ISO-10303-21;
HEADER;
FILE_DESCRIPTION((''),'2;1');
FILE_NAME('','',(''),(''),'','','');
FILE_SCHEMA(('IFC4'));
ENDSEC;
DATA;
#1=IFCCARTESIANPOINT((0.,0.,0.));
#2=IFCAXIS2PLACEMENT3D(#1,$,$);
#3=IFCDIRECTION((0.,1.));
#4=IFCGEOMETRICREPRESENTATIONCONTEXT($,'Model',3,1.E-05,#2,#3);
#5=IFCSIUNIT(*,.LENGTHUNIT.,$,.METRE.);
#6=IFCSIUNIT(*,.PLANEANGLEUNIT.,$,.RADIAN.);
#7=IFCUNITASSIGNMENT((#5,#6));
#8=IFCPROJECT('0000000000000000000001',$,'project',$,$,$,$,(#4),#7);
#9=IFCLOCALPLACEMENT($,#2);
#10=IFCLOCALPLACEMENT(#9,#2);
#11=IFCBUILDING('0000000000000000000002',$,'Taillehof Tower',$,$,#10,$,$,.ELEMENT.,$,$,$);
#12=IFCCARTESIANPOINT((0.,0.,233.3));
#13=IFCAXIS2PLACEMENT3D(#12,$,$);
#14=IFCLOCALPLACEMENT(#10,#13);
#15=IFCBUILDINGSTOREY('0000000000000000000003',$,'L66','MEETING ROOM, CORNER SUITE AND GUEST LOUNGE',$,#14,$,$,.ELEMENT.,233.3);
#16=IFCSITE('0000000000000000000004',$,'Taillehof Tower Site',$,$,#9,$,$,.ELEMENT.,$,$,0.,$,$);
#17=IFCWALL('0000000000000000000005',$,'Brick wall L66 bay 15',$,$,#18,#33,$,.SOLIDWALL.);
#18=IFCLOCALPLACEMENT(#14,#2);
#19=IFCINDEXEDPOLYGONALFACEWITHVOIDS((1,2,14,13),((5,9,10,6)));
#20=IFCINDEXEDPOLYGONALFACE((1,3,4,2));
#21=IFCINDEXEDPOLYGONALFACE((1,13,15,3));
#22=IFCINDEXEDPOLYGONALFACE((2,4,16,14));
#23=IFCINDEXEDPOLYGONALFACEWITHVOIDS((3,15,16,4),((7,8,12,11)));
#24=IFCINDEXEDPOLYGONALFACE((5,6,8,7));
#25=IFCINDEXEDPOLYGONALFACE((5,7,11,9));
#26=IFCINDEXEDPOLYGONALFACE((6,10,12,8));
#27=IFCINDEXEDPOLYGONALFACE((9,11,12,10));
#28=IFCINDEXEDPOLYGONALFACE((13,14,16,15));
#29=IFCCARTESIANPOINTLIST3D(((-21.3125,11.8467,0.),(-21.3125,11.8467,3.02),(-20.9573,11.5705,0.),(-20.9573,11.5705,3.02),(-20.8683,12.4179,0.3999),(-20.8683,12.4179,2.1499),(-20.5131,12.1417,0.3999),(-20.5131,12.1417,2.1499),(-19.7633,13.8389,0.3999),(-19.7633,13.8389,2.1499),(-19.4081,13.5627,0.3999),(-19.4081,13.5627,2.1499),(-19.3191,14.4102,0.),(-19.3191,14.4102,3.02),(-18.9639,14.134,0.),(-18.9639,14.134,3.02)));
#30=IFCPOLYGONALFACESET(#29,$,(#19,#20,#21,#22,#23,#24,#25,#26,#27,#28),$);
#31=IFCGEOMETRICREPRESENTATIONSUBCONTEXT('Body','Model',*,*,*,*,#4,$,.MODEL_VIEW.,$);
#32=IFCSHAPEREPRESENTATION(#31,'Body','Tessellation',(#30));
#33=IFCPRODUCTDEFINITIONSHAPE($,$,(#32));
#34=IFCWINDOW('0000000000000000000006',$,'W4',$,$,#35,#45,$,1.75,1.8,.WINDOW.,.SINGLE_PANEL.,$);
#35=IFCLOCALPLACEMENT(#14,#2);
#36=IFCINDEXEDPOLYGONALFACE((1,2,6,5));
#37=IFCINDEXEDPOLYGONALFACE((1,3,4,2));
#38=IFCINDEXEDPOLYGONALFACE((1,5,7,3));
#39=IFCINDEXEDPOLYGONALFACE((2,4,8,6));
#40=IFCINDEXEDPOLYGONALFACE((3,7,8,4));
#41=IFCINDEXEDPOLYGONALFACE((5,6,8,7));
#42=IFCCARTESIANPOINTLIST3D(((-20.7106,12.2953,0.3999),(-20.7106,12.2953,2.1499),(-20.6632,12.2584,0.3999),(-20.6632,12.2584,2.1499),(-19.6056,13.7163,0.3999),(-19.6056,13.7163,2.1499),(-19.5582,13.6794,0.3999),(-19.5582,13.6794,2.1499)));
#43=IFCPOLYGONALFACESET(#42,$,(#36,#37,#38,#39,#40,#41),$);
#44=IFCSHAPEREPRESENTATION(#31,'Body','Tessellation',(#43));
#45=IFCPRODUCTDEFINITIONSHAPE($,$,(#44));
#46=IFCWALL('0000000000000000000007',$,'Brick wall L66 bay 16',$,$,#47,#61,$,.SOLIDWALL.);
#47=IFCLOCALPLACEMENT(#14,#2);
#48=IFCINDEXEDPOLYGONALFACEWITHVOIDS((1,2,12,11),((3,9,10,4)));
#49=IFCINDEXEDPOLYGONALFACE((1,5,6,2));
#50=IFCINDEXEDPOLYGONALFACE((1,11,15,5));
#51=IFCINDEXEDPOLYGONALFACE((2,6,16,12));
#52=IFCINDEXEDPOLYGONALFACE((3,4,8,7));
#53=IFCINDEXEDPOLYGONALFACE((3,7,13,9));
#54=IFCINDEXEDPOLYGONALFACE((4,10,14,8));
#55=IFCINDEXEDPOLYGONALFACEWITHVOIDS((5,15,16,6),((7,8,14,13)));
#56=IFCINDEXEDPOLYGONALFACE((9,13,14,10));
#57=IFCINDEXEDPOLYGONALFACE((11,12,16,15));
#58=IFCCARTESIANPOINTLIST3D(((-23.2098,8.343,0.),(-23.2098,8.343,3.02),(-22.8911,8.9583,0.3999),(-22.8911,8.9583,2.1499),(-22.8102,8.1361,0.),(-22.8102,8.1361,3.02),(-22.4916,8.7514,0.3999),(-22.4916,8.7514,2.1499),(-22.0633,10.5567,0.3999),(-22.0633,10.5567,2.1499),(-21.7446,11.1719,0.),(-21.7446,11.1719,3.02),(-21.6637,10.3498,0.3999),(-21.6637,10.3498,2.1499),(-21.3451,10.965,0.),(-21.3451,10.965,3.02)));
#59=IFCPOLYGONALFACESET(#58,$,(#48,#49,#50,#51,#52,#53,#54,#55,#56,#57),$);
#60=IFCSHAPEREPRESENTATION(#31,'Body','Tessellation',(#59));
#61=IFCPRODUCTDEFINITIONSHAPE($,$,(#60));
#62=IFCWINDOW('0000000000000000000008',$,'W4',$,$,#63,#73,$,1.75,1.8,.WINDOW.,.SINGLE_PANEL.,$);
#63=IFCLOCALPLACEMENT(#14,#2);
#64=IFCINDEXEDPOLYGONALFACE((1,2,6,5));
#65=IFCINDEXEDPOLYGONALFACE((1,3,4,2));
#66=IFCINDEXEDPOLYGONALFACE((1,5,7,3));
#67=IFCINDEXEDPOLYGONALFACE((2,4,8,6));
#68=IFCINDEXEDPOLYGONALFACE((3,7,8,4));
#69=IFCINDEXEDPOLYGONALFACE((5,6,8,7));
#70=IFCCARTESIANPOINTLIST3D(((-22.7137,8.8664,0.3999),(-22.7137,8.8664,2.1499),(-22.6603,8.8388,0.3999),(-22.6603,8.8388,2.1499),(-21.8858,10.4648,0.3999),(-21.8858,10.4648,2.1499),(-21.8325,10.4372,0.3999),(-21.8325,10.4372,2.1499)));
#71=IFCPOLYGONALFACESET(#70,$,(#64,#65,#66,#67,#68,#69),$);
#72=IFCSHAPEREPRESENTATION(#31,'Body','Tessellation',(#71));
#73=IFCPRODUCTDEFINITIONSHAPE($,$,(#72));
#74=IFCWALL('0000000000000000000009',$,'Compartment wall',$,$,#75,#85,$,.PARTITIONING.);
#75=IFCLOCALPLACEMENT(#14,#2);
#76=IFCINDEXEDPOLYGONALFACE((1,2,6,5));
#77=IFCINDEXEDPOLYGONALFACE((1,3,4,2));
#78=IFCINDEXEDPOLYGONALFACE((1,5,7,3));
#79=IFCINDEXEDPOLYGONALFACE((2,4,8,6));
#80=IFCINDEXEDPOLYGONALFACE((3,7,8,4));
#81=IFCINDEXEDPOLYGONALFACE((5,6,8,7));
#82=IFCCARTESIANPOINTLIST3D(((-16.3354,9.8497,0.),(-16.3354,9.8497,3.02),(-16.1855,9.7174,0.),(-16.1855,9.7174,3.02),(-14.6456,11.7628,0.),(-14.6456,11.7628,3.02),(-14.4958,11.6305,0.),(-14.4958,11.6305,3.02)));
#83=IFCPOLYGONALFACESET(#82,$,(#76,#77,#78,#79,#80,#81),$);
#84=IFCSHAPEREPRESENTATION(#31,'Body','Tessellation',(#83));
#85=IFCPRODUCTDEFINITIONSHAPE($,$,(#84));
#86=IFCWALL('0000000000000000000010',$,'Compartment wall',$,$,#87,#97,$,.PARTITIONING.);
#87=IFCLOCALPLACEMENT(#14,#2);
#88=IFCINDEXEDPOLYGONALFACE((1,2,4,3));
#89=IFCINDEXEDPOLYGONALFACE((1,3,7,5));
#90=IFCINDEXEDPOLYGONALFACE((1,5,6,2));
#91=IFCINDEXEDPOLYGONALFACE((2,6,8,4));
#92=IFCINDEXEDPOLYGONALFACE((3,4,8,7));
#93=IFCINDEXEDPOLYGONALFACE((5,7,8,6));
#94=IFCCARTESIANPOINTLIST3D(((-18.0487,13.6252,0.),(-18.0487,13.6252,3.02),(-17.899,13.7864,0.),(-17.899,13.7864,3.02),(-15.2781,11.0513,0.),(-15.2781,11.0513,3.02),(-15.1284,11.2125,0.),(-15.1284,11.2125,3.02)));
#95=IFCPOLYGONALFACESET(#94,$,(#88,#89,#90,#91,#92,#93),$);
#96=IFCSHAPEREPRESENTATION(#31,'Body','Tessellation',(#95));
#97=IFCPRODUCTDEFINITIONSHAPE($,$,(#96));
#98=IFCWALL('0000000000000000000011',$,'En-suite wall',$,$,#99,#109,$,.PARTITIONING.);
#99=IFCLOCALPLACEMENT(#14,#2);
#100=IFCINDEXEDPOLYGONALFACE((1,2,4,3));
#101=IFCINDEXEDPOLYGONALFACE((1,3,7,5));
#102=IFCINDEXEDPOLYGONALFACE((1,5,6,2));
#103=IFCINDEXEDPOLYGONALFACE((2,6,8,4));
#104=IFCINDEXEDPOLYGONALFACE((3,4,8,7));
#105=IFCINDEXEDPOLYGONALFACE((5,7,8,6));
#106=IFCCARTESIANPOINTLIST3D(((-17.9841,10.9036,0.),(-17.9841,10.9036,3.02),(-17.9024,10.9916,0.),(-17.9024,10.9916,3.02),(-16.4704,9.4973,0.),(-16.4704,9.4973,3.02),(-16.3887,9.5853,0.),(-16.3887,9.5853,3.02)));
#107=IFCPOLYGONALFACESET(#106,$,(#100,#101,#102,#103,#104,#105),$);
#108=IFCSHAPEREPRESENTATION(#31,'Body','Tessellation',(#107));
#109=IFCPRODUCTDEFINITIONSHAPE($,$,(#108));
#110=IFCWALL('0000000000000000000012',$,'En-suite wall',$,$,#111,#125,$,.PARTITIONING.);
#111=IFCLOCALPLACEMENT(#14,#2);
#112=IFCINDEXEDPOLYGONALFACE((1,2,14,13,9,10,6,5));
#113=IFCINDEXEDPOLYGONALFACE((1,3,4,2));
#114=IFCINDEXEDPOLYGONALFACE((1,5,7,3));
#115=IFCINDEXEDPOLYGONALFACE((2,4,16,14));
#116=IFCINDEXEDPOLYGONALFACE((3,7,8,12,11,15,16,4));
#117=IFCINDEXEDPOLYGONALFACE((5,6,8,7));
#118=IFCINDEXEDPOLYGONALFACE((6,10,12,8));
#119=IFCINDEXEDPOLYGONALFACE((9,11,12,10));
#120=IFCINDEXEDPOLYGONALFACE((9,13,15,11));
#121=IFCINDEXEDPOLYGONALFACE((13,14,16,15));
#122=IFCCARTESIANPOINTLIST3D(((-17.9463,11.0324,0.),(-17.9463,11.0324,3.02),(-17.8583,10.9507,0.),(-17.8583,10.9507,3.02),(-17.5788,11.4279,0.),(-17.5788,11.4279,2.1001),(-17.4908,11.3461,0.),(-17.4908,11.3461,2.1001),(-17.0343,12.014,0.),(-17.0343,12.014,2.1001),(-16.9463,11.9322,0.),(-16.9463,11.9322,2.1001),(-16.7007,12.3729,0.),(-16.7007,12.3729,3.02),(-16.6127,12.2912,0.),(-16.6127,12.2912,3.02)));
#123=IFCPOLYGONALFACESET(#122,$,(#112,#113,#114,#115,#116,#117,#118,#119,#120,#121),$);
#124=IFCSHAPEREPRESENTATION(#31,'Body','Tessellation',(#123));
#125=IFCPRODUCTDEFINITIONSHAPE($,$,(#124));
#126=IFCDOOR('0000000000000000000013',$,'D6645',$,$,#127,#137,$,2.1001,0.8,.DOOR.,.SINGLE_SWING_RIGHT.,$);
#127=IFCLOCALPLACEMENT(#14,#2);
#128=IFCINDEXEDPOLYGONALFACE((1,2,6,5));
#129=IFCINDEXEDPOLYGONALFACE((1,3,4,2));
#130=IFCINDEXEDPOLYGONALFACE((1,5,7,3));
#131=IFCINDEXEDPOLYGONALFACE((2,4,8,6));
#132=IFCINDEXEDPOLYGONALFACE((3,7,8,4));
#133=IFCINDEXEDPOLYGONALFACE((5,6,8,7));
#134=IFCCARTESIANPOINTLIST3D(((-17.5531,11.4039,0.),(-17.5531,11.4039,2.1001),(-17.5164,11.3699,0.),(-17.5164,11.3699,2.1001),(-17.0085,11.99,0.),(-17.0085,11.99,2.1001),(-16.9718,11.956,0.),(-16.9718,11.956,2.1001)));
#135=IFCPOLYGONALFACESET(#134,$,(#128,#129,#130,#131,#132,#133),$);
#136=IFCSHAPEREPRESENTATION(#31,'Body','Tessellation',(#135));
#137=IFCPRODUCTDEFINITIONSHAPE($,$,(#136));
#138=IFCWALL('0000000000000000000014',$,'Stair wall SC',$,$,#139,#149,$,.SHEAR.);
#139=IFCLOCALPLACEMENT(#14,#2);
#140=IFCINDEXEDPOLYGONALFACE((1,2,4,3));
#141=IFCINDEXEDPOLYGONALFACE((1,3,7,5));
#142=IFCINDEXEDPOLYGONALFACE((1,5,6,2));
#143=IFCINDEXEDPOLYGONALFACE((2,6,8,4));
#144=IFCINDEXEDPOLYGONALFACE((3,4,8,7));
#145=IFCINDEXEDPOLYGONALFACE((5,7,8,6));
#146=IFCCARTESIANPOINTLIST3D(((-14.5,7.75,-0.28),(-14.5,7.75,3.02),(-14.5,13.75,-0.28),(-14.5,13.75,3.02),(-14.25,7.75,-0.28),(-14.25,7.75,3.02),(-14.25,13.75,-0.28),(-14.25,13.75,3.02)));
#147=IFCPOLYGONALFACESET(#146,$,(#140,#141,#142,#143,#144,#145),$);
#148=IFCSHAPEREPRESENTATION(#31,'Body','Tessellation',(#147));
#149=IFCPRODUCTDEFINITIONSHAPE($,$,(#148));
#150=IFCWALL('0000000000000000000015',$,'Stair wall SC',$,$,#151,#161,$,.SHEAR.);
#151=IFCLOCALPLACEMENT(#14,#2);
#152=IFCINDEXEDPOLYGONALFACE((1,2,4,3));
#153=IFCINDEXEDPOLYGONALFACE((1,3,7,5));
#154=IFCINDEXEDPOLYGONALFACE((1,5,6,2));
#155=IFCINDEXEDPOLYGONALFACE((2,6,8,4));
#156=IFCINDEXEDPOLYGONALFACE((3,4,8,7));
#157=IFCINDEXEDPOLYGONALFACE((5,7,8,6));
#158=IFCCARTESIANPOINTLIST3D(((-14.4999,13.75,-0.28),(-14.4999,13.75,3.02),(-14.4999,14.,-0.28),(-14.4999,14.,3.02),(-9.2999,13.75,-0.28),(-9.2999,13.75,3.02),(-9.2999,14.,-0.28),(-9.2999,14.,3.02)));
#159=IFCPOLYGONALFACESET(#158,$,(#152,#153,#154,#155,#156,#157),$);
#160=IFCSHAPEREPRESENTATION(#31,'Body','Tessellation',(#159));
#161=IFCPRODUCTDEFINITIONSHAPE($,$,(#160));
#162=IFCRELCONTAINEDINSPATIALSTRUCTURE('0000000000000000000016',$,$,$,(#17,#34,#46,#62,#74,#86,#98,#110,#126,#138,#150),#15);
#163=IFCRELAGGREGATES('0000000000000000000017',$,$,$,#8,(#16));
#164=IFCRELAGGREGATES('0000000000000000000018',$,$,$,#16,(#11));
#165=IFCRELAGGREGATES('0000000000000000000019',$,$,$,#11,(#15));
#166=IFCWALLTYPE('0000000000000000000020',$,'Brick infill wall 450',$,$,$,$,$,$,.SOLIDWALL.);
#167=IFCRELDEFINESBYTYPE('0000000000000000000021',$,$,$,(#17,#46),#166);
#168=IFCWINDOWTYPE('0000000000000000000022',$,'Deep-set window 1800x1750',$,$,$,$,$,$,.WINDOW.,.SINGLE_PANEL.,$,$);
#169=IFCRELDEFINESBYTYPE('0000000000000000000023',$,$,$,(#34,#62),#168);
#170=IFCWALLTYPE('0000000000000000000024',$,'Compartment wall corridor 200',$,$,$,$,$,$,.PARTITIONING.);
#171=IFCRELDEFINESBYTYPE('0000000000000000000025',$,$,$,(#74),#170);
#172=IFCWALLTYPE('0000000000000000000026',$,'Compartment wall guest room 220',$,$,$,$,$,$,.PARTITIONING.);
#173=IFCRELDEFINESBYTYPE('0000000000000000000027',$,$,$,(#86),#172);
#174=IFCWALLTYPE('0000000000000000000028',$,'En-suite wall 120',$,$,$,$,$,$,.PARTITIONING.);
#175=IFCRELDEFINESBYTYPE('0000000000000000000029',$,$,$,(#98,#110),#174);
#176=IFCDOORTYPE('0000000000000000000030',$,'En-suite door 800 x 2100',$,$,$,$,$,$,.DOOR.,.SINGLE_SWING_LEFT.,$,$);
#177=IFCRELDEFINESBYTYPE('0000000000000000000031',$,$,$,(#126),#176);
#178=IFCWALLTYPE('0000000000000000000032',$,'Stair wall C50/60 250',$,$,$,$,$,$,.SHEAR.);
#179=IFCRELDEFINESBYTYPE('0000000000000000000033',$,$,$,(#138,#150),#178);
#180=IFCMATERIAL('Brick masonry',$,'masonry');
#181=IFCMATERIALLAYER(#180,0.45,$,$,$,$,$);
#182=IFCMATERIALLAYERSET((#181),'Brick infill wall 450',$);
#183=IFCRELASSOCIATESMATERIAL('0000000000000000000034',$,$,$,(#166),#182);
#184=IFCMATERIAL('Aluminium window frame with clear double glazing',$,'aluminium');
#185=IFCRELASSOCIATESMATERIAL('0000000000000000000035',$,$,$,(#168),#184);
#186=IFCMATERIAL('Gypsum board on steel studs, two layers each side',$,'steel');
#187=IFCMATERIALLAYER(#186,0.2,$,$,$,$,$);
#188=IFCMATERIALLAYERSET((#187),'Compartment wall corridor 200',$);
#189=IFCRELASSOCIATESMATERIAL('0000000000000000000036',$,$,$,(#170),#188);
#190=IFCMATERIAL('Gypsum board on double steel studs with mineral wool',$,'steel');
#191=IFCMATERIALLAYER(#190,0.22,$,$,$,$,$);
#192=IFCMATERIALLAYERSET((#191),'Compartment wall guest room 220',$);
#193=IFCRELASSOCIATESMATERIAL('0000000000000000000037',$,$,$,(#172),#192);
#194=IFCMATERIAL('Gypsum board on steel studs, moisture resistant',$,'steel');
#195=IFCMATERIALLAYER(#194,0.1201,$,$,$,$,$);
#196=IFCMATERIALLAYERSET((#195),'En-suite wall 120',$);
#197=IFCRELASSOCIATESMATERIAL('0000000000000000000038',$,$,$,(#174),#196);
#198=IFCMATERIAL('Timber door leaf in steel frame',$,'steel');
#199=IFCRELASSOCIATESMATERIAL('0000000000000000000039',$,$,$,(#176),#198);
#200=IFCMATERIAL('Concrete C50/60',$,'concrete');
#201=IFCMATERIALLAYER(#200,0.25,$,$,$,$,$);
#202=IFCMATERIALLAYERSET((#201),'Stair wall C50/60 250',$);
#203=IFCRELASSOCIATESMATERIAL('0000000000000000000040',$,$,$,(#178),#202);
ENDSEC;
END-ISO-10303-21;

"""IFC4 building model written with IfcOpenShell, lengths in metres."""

from ifc_helpers import new_model, si_unit, direction, frame, frame_2d, origin, place, context, subcontext, project, spatial, rectangle, extrude, material, layer, layer_set, type_object, element, fill, save


model = new_model("IFC4")

# Units and contexts
model_context = context("Model", 3, precision=1e-05, world=origin(), true_north=direction((0.0, 1.0)))
body_context = subcontext(model_context, "Body", "Model", "MODEL_VIEW")
ifc_project = project(units=[si_unit("LENGTHUNIT", "METRE"), si_unit("PLANEANGLEUNIT", "RADIAN")], contexts=[model_context])

# Site, building, storey
site_placement = place(None, origin())
site = spatial("IfcSite", under=ifc_project, at=site_placement, Name="Taillehof Tower Site", CompositionType="ELEMENT", RefElevation=0.0)
building_placement = place(site_placement, origin())
building = spatial("IfcBuilding", under=site, at=building_placement, Name="Taillehof Tower", CompositionType="ELEMENT")
storey_placement = place(building_placement, frame((0.0, 0.0, 233.3)))
storey = spatial("IfcBuildingStorey", under=building, at=storey_placement, Name="L66", Description="MEETING ROOM, CORNER SUITE AND GUEST LOUNGE", CompositionType="ELEMENT", Elevation=233.3)

# Walls, openings, windows
ifc_material_1 = material(Name="Brick masonry", Category="masonry")
ifc_layer_1 = layer(ifc_material_1, 0.45)
ifc_layer_set_1 = layer_set([ifc_layer_1], Name="Brick infill wall 450")
wall_type_1 = type_object("IfcWallType", Name="Brick infill wall 450", PredefinedType="SOLIDWALL", material=ifc_layer_set_1)
ifc_material_2 = material(Name="Aluminium window frame with clear double glazing", Category="aluminium")
window_type = type_object("IfcWindowType", Name="Deep-set window 1800x1750", PartitioningType="SINGLE_PANEL", PredefinedType="WINDOW", material=ifc_material_2)
wall_1_placement = place(storey_placement, frame((-19.1416, 14.272, 0.0), z_axis=(0.0, 0.0, 1.0), x_axis=(-0.613863, -0.789413, 0.0)))
wall_1 = element("IfcWall", 1, at=wall_1_placement, inside=storey, type_object=wall_type_1, Name="Brick wall L66 bay 15", PredefinedType="SOLIDWALL", context=body_context, shape_type="SweptSolid", body=[
    extrude(rectangle(XDim=3.2473, YDim=0.45, at=frame_2d((1.6235, 0.0))), origin(), (0.0, 0.0, 1.0), 3.02),
])
opening_1_placement = place(wall_1_placement, frame((0.7236, 0.0, 0.3999)))
opening_1 = element("IfcOpeningElement", 2, at=opening_1_placement, cuts=wall_1, PredefinedType="OPENING", context=body_context, shape_type="SweptSolid", body=[
    extrude(rectangle(XDim=1.8, YDim=1.75, at=frame_2d((0.8999, 0.875))), frame((0.0, 0.2349, 0.0), z_axis=(0.0, -1.0, 0.0), x_axis=(1.0, 0.0, 0.0)), (0.0, 0.0, 1.0), 0.47),
])
window_1_placement = place(opening_1_placement, origin())
window_1 = element("IfcWindow", 3, at=window_1_placement, inside=storey, type_object=window_type, Name="W4", OverallHeight=1.75, OverallWidth=1.8, PartitioningType="SINGLE_PANEL", PredefinedType="WINDOW", context=body_context, shape_type="SweptSolid", body=[
    extrude(rectangle(XDim=1.8, YDim=1.75, at=frame_2d((0.8999, 0.875))), frame((0.0, 0.0349, 0.0), z_axis=(0.0, -1.0, 0.0), x_axis=(1.0, 0.0, 0.0)), (0.0, 0.0, 1.0), 0.0601),
])
fill(opening_1, window_1)
wall_2_placement = place(storey_placement, frame((-21.5449, 11.0684, 0.0), z_axis=(0.0, 0.0, 1.0), x_axis=(-0.45989, -0.887976, 0.0)))
wall_2 = element("IfcWall", 4, at=wall_2_placement, inside=storey, type_object=wall_type_1, Name="Brick wall L66 bay 16", PredefinedType="SOLIDWALL", context=body_context, shape_type="SweptSolid", body=[
    extrude(rectangle(XDim=3.1858, YDim=0.45, at=frame_2d((1.5928, 0.0))), origin(), (0.0, 0.0, 1.0), 3.02),
])
opening_2_placement = place(wall_2_placement, frame((0.6929, 0.0, 0.3999)))
opening_2 = element("IfcOpeningElement", 5, at=opening_2_placement, cuts=wall_2, PredefinedType="OPENING", context=body_context, shape_type="SweptSolid", body=[
    extrude(rectangle(XDim=1.8, YDim=1.75, at=frame_2d((0.8999, 0.875))), frame((0.0, 0.2349, 0.0), z_axis=(0.0, -1.0, 0.0), x_axis=(1.0, 0.0, 0.0)), (0.0, 0.0, 1.0), 0.47),
])
window_2_placement = place(opening_2_placement, origin())
window_2 = element("IfcWindow", 6, at=window_2_placement, inside=storey, type_object=window_type, Name="W4", OverallHeight=1.75, OverallWidth=1.8, PartitioningType="SINGLE_PANEL", PredefinedType="WINDOW", context=body_context, shape_type="SweptSolid", body=[
    extrude(rectangle(XDim=1.8, YDim=1.75, at=frame_2d((0.8999, 0.875))), frame((0.0, 0.0349, 0.0), z_axis=(0.0, -1.0, 0.0), x_axis=(1.0, 0.0, 0.0)), (0.0, 0.0, 1.0), 0.0601),
])
fill(opening_2, window_2)

# Walls
ifc_material_3 = material(Name="Gypsum board on steel studs, two layers each side", Category="steel")
ifc_layer_2 = layer(ifc_material_3, 0.2)
ifc_layer_set_2 = layer_set([ifc_layer_2], Name="Compartment wall corridor 200")
wall_type_2 = type_object("IfcWallType", Name="Compartment wall corridor 200", PredefinedType="PARTITIONING", material=ifc_layer_set_2)
wall_3_placement = place(storey_placement, frame((-16.2605, 9.7834, 0.0), z_axis=(0.0, 0.0, 1.0), x_axis=(0.661992, 0.749511, 0.0)))
element("IfcWall", 7, at=wall_3_placement, inside=storey, type_object=wall_type_2, Name="Compartment wall", PredefinedType="PARTITIONING", context=body_context, shape_type="SweptSolid", body=[
    extrude(rectangle(XDim=2.5525, YDim=0.2, at=frame_2d((1.2764, 0.0))), origin(), (0.0, 0.0, 1.0), 3.02),
])
ifc_material_4 = material(Name="Gypsum board on double steel studs with mineral wool", Category="steel")
ifc_layer_3 = layer(ifc_material_4, 0.22)
ifc_layer_set_3 = layer_set([ifc_layer_3], Name="Compartment wall guest room 220")
wall_type_3 = type_object("IfcWallType", Name="Compartment wall guest room 220", PredefinedType="PARTITIONING", material=ifc_layer_set_3)
wall_4_placement = place(storey_placement, frame((-17.9739, 13.7058, 0.0), z_axis=(0.0, 0.0, 1.0), x_axis=(0.732644, -0.680612, 0.0)))
element("IfcWall", 8, at=wall_4_placement, inside=storey, type_object=wall_type_3, Name="Compartment wall", PredefinedType="PARTITIONING", context=body_context, shape_type="SweptSolid", body=[
    extrude(rectangle(XDim=3.7817, YDim=0.22, at=frame_2d((1.8909, 0.0))), origin(), (0.0, 0.0, 1.0), 3.02),
])
ifc_material_5 = material(Name="Gypsum board on steel studs, moisture resistant", Category="steel")
ifc_layer_4 = layer(ifc_material_5, 0.1201)
ifc_layer_set_4 = layer_set([ifc_layer_4], Name="En-suite wall 120")
wall_type_4 = type_object("IfcWallType", Name="En-suite wall 120", PredefinedType="PARTITIONING", material=ifc_layer_set_4)
wall_5_placement = place(storey_placement, frame((-16.4294, 9.5413, 0.0), z_axis=(0.0, 0.0, 1.0), x_axis=(-0.732625, 0.680632, 0.0)))
element("IfcWall", 9, at=wall_5_placement, inside=storey, type_object=wall_type_4, Name="En-suite wall", PredefinedType="PARTITIONING", context=body_context, shape_type="SweptSolid", body=[
    extrude(rectangle(XDim=2.0662, YDim=0.1201, at=frame_2d((1.0332, 0.0))), origin(), (0.0, 0.0, 1.0), 3.02),
])

# Wall, opening, door
wall_6_placement = place(storey_placement, frame((-17.9023, 10.9915, 0.0), z_axis=(0.0, 0.0, 1.0), x_axis=(0.680681, 0.73258, 0.0)))
wall_6 = element("IfcWall", 10, at=wall_6_placement, inside=storey, type_object=wall_type_4, Name="En-suite wall", PredefinedType="PARTITIONING", context=body_context, shape_type="SweptSolid", body=[
    extrude(rectangle(XDim=1.8298, YDim=0.1201, at=frame_2d((0.915, 0.0))), origin(), (0.0, 0.0, 1.0), 3.02),
])
opening_3_placement = place(wall_6_placement, frame((0.54, 0.0, 0.0)))
opening_3 = element("IfcOpeningElement", 11, at=opening_3_placement, cuts=wall_6, PredefinedType="OPENING", context=body_context, shape_type="SweptSolid", body=[
    extrude(rectangle(XDim=0.8, YDim=2.1001, at=frame_2d((0.3999, 1.05))), frame((0.0, 0.0701, 0.0), z_axis=(0.0, -1.0, 0.0), x_axis=(1.0, 0.0, 0.0)), (0.0, 0.0, 1.0), 0.1401),
])
ifc_material_6 = material(Name="Timber door leaf in steel frame", Category="steel")
door_type = type_object("IfcDoorType", Name="En-suite door 800 x 2100", OperationType="SINGLE_SWING_LEFT", PredefinedType="DOOR", material=ifc_material_6)
door_placement = place(opening_3_placement, origin())
door = element("IfcDoor", 12, at=door_placement, inside=storey, type_object=door_type, Name="D6645", OperationType="SINGLE_SWING_RIGHT", OverallHeight=2.1001, OverallWidth=0.8, PredefinedType="DOOR", context=body_context, shape_type="SweptSolid", body=[
    extrude(rectangle(XDim=0.8, YDim=2.1001, at=frame_2d((0.3999, 1.05))), frame((0.0, 0.0249, 0.0), z_axis=(0.0, -1.0, 0.0), x_axis=(1.0, 0.0, 0.0)), (0.0, 0.0, 1.0), 0.05),
])
fill(opening_3, door)

# Walls
ifc_material_7 = material(Name="Concrete C50/60", Category="concrete")
ifc_layer_5 = layer(ifc_material_7, 0.25)
ifc_layer_set_5 = layer_set([ifc_layer_5], Name="Stair wall C50/60 250")
wall_type_5 = type_object("IfcWallType", Name="Stair wall C50/60 250", PredefinedType="SHEAR", material=ifc_layer_set_5)
wall_7_placement = place(storey_placement, frame((-14.375, 7.75, -0.28), z_axis=(0.0, 0.0, 1.0), x_axis=(0.0, 1.0, 0.0)))
element("IfcWall", 13, at=wall_7_placement, inside=storey, type_object=wall_type_5, Name="Stair wall SC", PredefinedType="SHEAR", context=body_context, shape_type="SweptSolid", body=[
    extrude(rectangle(XDim=6.0, YDim=0.25, at=frame_2d((3.0, 0.0))), origin(), (0.0, 0.0, 1.0), 3.3),
])
wall_8_placement = place(storey_placement, frame((-14.5, 13.875, -0.28), z_axis=(0.0, 0.0, 1.0), x_axis=(1.0, 0.0, 0.0)))
element("IfcWall", 14, at=wall_8_placement, inside=storey, type_object=wall_type_5, Name="Stair wall SC", PredefinedType="SHEAR", context=body_context, shape_type="SweptSolid", body=[
    extrude(rectangle(XDim=5.2, YDim=0.25, at=frame_2d((2.6001, 0.0))), origin(), (0.0, 0.0, 1.0), 3.3),
])

save(model, "model.ifc")
